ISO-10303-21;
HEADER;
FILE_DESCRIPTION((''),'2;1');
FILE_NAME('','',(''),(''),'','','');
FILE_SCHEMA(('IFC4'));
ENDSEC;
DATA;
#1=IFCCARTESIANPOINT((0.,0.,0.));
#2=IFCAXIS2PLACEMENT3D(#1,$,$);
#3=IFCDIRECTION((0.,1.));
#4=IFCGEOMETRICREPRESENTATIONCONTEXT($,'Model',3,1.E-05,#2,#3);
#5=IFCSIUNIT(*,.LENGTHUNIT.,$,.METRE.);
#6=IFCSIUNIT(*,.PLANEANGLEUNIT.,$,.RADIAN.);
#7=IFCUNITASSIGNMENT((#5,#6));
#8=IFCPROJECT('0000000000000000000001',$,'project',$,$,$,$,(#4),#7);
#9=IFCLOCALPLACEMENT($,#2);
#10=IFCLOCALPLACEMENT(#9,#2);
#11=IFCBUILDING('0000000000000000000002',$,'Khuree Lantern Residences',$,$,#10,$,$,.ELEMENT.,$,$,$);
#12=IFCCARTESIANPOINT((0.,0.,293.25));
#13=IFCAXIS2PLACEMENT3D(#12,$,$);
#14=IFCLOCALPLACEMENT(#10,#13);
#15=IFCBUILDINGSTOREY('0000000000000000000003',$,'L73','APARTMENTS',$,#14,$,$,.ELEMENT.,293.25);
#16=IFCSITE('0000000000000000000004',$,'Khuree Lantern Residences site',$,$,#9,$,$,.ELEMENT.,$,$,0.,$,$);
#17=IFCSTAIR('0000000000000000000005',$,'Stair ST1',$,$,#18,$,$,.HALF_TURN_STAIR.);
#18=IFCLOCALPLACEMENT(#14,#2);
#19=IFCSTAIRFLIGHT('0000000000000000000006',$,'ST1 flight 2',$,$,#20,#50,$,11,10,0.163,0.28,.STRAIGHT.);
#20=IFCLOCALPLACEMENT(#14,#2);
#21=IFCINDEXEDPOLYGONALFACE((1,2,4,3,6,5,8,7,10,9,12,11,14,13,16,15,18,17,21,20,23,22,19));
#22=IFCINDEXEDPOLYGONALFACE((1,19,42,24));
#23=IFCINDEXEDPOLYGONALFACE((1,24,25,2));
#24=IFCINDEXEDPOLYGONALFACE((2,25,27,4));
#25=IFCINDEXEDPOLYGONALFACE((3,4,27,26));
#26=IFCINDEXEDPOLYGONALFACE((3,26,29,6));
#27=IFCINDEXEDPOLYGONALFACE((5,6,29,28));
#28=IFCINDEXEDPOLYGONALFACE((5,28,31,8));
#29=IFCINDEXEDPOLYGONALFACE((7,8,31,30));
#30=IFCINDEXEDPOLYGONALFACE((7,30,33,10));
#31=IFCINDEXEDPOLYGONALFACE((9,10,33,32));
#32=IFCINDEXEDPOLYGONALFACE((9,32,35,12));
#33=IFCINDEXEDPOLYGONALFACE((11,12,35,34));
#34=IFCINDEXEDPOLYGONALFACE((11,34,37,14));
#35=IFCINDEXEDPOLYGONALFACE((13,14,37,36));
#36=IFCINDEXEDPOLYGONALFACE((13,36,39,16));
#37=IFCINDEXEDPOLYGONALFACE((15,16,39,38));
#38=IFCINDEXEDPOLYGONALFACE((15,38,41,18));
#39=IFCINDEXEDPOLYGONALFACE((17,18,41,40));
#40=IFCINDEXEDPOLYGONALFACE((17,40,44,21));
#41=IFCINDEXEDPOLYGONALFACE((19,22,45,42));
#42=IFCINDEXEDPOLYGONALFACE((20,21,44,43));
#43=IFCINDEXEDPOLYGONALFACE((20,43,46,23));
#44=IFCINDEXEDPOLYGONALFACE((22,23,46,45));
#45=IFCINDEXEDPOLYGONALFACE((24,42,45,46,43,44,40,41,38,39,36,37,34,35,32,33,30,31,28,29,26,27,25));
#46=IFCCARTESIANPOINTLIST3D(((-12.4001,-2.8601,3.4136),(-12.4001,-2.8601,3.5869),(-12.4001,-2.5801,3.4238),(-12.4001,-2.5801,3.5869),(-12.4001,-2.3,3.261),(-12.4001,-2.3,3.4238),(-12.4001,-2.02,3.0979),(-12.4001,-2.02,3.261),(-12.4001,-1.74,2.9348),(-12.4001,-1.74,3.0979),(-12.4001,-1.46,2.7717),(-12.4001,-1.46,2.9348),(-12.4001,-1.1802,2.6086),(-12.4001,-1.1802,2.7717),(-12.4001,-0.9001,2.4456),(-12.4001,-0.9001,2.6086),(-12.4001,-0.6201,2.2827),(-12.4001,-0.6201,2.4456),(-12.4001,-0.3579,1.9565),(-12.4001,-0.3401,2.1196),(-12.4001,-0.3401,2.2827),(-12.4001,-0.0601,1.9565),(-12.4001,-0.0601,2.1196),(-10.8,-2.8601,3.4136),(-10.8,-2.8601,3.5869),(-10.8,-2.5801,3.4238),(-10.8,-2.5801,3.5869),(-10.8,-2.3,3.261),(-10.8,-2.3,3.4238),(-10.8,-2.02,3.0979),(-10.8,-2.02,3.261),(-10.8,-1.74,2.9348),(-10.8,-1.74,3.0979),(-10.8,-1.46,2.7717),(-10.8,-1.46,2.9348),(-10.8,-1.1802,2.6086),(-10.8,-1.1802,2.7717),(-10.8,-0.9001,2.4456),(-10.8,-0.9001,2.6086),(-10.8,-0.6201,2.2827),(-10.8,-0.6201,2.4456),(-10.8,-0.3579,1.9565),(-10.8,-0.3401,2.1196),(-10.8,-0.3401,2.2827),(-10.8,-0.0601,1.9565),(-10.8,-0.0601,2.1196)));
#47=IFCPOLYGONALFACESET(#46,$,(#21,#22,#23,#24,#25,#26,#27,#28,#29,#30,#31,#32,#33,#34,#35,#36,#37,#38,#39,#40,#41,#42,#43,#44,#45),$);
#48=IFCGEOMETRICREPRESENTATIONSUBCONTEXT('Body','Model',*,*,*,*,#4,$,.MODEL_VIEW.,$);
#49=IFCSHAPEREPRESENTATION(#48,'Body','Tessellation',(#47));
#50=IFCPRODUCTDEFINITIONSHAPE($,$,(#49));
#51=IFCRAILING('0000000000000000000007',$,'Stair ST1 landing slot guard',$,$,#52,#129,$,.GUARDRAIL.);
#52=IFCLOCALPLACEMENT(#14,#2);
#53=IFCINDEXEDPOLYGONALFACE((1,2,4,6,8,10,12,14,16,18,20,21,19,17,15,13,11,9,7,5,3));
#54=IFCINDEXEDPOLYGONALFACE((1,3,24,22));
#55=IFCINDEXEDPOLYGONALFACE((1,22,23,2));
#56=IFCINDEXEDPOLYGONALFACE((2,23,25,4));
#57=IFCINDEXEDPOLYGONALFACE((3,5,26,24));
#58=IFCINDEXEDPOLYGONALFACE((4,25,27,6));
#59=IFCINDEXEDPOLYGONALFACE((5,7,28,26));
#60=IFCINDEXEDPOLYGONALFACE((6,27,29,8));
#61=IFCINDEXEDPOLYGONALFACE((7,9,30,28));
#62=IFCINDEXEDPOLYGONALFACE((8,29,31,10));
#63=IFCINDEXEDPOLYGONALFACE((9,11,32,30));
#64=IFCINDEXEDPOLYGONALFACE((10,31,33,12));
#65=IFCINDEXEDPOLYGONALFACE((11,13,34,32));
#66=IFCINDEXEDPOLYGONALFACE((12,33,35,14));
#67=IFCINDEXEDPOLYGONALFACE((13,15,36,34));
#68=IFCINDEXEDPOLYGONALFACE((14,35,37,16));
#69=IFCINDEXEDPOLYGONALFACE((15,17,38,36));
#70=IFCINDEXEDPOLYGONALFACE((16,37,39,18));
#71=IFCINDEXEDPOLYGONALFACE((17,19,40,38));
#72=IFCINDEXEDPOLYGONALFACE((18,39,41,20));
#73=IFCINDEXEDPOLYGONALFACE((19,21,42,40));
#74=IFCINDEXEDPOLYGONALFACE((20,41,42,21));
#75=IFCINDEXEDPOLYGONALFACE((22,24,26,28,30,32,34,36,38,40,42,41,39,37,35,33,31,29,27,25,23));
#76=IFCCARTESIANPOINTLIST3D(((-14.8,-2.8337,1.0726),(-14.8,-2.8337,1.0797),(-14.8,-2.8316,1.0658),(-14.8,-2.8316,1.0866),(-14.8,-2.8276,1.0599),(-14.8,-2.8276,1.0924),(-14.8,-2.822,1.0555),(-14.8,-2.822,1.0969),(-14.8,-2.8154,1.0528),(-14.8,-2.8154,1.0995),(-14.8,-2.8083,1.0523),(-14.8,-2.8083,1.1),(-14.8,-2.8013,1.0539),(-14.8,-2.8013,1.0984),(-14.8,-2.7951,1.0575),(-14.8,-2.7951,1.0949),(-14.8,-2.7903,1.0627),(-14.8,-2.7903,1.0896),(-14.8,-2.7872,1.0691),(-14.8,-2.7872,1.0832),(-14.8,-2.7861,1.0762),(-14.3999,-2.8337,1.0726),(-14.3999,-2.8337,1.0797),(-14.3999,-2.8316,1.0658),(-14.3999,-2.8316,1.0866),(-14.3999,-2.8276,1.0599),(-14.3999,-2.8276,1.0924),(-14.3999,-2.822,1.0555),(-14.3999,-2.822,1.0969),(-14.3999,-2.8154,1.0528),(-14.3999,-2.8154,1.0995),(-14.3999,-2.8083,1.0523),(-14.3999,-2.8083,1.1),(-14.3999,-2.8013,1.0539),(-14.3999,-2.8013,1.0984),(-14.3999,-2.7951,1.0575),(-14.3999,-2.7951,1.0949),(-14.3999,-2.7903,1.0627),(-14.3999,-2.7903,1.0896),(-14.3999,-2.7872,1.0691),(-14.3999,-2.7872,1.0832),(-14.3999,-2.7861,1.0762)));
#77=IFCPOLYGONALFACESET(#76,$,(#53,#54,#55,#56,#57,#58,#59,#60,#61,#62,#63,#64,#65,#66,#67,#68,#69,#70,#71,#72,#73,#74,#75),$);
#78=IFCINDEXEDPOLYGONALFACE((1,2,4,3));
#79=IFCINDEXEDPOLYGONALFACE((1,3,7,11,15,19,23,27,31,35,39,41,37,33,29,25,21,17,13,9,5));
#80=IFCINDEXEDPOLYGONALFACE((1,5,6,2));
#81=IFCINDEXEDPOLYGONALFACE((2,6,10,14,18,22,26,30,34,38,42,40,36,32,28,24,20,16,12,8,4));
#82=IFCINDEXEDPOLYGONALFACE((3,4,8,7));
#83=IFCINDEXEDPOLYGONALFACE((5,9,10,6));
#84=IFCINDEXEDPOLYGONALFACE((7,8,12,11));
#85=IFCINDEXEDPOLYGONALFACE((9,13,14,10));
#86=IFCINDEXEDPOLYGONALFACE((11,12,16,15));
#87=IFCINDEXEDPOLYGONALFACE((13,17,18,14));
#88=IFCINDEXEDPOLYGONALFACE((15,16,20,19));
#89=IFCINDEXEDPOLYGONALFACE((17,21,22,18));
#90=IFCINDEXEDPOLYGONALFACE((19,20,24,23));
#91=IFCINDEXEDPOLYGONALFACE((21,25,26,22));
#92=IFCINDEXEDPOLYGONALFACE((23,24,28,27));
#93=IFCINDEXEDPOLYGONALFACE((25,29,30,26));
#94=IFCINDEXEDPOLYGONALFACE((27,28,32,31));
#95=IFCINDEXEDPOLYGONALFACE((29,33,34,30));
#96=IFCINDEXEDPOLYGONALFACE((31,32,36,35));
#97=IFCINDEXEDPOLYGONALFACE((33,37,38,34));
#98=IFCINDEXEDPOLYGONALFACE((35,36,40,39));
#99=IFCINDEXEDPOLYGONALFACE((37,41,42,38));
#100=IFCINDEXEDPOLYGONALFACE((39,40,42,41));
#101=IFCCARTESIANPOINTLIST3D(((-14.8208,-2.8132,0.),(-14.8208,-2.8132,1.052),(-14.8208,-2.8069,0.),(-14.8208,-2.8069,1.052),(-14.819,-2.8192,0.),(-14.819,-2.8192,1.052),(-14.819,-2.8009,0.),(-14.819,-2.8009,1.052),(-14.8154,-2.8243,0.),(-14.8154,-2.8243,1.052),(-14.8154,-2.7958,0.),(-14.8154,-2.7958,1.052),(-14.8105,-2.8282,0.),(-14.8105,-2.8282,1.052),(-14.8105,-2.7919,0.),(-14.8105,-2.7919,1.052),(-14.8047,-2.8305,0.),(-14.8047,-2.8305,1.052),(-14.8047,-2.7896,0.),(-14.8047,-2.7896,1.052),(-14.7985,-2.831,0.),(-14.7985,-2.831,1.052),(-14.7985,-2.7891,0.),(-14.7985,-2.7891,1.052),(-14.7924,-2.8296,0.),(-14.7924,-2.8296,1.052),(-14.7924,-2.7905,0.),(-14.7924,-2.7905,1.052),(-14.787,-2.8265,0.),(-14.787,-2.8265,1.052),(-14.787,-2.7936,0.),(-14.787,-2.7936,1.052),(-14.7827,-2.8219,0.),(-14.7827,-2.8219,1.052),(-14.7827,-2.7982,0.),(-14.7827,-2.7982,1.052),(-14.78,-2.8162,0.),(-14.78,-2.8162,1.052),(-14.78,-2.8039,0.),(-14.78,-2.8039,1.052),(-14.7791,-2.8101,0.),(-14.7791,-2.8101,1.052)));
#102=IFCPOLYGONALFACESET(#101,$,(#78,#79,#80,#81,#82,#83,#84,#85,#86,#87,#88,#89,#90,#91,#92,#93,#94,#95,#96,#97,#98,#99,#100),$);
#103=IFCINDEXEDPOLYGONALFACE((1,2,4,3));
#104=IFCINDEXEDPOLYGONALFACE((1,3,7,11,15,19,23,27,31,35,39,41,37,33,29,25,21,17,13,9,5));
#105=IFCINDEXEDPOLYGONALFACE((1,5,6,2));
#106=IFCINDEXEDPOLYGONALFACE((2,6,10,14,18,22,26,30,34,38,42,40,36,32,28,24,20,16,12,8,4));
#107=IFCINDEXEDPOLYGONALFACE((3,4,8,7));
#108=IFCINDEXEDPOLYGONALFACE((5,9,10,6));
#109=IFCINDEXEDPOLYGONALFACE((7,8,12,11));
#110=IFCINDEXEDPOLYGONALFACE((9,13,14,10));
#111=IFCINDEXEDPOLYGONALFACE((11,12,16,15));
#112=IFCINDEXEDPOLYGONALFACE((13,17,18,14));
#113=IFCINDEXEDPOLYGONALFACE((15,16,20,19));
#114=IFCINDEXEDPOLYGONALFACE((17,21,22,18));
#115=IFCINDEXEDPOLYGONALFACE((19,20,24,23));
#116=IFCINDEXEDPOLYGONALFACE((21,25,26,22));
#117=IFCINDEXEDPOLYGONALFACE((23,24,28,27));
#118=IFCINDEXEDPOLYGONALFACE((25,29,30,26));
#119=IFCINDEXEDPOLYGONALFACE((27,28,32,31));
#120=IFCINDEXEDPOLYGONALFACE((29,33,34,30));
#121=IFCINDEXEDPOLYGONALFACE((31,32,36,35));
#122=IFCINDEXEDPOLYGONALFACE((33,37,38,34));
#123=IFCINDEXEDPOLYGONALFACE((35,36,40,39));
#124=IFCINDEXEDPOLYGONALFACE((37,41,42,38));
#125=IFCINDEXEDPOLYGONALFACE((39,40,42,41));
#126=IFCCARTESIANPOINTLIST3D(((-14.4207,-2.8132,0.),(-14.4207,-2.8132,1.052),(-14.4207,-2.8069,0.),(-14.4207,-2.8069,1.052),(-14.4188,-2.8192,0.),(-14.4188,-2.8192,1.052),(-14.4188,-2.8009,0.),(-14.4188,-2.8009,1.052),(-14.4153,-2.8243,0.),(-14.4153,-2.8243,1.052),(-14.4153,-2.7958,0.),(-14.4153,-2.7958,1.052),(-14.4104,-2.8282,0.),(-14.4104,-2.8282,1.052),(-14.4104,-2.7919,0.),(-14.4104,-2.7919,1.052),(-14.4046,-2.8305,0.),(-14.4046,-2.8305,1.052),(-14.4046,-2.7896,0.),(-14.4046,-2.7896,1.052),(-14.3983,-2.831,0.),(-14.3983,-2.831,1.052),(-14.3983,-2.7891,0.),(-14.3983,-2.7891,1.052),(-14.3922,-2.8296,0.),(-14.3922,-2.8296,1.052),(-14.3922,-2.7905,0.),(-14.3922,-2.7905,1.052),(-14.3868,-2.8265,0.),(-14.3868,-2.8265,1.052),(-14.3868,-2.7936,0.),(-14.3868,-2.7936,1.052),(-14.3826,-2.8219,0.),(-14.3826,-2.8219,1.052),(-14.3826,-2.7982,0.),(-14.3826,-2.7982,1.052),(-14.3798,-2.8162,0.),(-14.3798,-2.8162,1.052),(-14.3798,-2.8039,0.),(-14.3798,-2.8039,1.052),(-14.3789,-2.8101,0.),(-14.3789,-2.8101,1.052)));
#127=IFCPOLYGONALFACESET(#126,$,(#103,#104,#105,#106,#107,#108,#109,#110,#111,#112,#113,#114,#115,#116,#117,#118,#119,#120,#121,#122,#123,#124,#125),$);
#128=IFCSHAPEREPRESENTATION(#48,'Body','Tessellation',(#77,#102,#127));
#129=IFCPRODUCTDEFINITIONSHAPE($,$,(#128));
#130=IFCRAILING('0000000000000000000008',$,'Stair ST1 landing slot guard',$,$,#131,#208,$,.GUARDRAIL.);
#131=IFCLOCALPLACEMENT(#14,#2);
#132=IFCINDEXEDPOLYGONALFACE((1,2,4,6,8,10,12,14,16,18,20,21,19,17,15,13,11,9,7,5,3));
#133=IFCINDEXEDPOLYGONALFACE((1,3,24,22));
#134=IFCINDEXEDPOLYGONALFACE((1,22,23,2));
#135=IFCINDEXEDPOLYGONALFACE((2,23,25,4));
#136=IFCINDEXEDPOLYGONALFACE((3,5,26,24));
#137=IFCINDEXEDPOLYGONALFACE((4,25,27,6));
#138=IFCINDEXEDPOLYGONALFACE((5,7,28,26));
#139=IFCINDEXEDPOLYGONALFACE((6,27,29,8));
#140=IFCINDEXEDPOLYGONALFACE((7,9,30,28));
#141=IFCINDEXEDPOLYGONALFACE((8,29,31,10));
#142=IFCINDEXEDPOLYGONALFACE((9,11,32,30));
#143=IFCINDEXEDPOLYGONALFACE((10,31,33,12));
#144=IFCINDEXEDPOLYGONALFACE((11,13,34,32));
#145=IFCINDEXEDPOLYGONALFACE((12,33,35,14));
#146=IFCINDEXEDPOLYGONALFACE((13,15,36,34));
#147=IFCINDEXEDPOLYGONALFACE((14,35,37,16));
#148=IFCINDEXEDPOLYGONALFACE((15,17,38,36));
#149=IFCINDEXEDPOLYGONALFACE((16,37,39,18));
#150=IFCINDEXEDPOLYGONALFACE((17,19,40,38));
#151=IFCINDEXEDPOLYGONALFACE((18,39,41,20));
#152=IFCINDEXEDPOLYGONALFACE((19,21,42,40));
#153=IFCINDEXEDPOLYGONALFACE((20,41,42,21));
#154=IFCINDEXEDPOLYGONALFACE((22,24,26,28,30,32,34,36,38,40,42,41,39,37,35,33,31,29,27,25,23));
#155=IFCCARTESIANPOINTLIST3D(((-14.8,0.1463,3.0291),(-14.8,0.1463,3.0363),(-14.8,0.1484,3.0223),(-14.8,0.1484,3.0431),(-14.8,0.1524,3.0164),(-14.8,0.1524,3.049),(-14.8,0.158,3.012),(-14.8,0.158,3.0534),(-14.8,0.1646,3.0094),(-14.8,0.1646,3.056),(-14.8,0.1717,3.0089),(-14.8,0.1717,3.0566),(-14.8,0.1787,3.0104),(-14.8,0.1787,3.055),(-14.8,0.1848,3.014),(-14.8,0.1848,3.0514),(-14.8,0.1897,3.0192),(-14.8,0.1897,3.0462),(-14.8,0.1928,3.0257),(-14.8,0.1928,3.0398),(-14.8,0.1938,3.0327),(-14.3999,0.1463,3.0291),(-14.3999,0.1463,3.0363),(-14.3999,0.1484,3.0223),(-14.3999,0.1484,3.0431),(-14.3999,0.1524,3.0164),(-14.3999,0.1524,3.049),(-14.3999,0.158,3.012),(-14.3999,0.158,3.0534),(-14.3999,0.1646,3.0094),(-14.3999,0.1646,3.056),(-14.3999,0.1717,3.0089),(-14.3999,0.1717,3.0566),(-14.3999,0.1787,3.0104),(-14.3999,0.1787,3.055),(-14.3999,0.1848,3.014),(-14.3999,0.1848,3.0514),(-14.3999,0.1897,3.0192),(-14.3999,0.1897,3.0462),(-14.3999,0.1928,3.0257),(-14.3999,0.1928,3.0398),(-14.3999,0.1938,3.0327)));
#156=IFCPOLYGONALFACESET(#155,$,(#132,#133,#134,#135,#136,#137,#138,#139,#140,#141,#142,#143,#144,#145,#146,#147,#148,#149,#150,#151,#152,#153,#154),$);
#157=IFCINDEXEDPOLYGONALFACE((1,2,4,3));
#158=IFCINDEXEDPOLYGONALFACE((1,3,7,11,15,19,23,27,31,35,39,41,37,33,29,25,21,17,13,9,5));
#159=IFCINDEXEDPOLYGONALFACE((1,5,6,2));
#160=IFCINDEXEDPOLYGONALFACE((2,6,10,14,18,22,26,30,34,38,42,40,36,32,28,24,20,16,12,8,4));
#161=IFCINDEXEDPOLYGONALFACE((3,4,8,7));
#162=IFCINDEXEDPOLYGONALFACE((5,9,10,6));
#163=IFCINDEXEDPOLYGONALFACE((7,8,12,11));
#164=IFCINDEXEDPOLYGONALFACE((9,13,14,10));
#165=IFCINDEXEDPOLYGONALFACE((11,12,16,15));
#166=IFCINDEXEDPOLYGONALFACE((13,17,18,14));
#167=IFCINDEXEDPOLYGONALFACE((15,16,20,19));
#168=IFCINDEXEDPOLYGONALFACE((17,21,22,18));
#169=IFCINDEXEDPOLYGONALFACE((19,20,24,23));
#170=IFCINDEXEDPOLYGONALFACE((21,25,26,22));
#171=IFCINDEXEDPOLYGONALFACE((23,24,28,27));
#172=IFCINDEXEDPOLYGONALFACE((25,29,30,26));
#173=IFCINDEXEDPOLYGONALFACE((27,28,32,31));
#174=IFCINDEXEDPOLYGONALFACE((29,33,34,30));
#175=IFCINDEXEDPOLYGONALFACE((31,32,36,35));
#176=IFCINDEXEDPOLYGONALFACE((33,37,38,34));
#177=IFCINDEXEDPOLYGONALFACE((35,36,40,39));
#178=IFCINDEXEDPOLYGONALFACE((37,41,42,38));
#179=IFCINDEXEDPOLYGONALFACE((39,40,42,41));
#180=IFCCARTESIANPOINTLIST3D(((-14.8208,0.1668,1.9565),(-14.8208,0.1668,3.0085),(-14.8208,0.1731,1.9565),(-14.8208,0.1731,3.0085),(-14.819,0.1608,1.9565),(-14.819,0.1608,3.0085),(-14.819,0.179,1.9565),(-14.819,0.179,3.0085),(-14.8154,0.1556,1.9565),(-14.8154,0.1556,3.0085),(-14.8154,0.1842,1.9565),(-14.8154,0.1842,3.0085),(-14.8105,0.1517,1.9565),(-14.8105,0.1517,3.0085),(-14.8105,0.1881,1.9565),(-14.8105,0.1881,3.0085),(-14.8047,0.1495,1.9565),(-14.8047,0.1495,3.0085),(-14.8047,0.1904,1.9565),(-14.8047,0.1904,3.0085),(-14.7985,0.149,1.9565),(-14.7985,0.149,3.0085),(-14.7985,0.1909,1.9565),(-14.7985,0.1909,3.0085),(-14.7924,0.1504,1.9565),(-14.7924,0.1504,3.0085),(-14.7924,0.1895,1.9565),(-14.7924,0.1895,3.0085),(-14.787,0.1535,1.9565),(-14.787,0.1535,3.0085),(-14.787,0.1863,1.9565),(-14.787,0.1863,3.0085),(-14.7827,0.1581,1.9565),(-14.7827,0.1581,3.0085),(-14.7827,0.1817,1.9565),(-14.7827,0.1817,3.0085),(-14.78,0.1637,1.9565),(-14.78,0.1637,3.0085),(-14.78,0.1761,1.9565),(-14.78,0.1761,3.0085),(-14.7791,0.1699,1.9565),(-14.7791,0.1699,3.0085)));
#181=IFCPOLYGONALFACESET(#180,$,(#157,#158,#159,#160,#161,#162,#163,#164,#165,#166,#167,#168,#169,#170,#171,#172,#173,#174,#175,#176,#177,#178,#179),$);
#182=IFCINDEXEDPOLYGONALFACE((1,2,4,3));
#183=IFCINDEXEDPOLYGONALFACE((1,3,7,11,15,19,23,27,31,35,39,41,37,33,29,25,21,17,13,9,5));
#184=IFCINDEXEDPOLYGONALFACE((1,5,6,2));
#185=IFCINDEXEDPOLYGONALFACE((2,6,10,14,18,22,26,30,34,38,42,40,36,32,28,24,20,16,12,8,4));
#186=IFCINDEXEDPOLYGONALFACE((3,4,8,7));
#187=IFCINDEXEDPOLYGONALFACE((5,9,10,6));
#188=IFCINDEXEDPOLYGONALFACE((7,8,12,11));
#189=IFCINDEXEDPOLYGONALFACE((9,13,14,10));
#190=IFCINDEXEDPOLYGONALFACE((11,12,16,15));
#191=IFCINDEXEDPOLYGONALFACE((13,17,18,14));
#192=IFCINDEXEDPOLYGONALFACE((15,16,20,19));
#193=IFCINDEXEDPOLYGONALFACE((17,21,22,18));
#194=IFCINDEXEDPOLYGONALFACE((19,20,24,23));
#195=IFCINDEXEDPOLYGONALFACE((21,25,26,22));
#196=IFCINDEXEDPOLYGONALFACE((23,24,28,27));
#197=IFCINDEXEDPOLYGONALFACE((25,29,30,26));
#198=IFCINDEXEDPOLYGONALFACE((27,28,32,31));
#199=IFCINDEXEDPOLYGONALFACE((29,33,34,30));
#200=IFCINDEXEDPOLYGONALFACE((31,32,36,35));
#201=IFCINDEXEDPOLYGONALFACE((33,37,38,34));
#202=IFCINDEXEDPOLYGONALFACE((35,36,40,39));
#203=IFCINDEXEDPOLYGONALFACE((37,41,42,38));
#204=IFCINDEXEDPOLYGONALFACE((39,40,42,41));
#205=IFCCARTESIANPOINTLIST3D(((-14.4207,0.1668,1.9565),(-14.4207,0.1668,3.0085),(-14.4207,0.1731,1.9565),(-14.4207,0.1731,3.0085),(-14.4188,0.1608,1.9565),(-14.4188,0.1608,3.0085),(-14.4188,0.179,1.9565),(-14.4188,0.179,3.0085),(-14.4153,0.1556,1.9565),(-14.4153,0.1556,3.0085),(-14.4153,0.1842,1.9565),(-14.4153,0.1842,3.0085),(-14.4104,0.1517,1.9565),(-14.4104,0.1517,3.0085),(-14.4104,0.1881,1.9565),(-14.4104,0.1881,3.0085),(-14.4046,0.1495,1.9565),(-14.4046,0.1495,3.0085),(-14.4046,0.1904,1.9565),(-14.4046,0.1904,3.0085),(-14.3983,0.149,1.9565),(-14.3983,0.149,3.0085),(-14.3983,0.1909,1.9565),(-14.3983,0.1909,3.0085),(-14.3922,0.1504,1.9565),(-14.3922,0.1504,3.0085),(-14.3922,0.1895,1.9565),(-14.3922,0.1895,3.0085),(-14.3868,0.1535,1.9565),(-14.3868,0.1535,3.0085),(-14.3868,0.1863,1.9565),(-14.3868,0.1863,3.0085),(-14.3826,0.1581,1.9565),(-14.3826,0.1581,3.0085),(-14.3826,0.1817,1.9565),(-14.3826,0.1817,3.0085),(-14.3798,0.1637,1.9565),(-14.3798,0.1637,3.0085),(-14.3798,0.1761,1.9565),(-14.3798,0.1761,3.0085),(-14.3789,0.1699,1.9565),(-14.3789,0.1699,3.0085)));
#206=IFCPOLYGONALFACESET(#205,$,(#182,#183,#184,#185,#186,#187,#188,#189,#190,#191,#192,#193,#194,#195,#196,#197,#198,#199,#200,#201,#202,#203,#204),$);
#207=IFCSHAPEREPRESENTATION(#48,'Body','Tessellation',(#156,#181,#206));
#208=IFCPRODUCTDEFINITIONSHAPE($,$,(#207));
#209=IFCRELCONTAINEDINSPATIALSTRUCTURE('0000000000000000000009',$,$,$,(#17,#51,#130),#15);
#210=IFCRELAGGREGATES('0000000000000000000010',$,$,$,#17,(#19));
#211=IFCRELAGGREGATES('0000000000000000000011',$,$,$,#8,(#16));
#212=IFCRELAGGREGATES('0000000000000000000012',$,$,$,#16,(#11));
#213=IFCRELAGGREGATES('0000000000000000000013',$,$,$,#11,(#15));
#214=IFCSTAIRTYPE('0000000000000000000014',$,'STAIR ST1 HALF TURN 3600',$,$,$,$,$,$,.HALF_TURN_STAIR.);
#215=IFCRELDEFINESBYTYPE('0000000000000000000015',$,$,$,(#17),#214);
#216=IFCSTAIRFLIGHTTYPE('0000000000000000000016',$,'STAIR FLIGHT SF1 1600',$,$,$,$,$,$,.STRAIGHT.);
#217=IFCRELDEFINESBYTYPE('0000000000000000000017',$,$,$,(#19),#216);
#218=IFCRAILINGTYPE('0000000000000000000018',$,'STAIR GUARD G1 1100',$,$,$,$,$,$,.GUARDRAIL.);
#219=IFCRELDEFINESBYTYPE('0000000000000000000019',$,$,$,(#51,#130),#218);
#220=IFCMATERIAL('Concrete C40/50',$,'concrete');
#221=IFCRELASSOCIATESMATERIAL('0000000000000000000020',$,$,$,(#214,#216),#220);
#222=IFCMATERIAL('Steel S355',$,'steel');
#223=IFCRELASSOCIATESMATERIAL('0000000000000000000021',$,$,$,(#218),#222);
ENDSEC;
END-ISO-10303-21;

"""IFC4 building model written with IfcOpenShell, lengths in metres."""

from ifc_helpers import new_model, si_unit, direction, frame, origin, origin_2d, place, context, subcontext, project, spatial, polyline, circle, outline, extrude, material, type_object, element, aggregate, save


model = new_model("IFC4")

# Units and contexts
model_context = context("Model", 3, precision=1e-05, world=origin(), true_north=direction((0.0, 1.0)))
body_context = subcontext(model_context, "Body", "Model", "MODEL_VIEW")
ifc_project = project(units=[si_unit("LENGTHUNIT", "METRE"), si_unit("PLANEANGLEUNIT", "RADIAN")], contexts=[model_context])

# Site, building, storey
site_placement = place(None, origin())
site = spatial("IfcSite", under=ifc_project, at=site_placement, Name="Khuree Lantern Residences site", CompositionType="ELEMENT", RefElevation=0.0)
building_placement = place(site_placement, origin())
building = spatial("IfcBuilding", under=site, at=building_placement, Name="Khuree Lantern Residences", CompositionType="ELEMENT")
storey_placement = place(building_placement, frame((0.0, 0.0, 293.25)))
storey = spatial("IfcBuildingStorey", under=building, at=storey_placement, Name="L73", Description="APARTMENTS", CompositionType="ELEMENT", Elevation=293.25)

# Stair, stair flight
ifc_material_1 = material(Name="Concrete C40/50", Category="concrete")
stair_type = type_object("IfcStairType", Name="STAIR ST1 HALF TURN 3600", PredefinedType="HALF_TURN_STAIR", material=ifc_material_1)
stair_placement = place(storey_placement, origin())
stair = element("IfcStair", 1, at=stair_placement, inside=storey, type_object=stair_type, Name="Stair ST1", PredefinedType="HALF_TURN_STAIR")
stair_flight_type = type_object("IfcStairFlightType", Name="STAIR FLIGHT SF1 1600", PredefinedType="STRAIGHT", material=ifc_material_1)
stair_flight_1_placement = place(storey_placement, frame((-11.6001, -0.0601, 1.9565), z_axis=(0.0, 0.0, 1.0), x_axis=(0.0, -1.0, 0.0)))
stair_flight_1 = element("IfcStairFlight", 2, at=stair_flight_1_placement, type_object=stair_flight_type, Name="ST1 flight 2", NumberOfRisers=11, NumberOfTreads=10, PredefinedType="STRAIGHT", RiserHeight=0.163, TreadLength=0.28, context=body_context, shape_type="SweptSolid", body=[
    extrude(outline(polyline([(0.0, 0.0), (0.0, 0.1631), (0.28, 0.1631), (0.28, 0.3262), (0.5601, 0.3262), (0.5601, 0.489), (0.8401, 0.489), (0.8401, 0.6521), (1.1201, 0.6521), (1.1201, 0.8152), (1.3999, 0.8152), (1.3999, 0.9783), (1.6799, 0.9783), (1.6799, 1.1414), (1.96, 1.1414), (1.96, 1.3044), (2.24, 1.3044), (2.24, 1.4673), (2.52, 1.4673), (2.52, 1.6304), (2.8, 1.6304), (2.8, 1.7935), (2.8, 1.457), (0.2979, 0.0), (0.0, 0.0)])), frame((0.0, 0.8, 0.0), z_axis=(0.0, -1.0, 0.0), x_axis=(1.0, 0.0, 0.0)), (0.0, 0.0, 1.0), 1.6001),
])
aggregate(stair, [stair_flight_1])

# Railings
ifc_material_2 = material(Name="Steel S355", Category="steel")
railing_type = type_object("IfcRailingType", Name="STAIR GUARD G1 1100", PredefinedType="GUARDRAIL", material=ifc_material_2)
for number, where, name in (
    (3, (-14.8, -2.8101, 0.0), "Stair ST1 landing slot guard"),
    (4, (-14.8, 0.1699, 1.9565), "Stair ST1 landing slot guard"),
):
    element("IfcRailing", number, at=place(storey_placement, frame(where)), inside=storey, type_object=railing_type, Name=name, PredefinedType="GUARDRAIL", context=body_context, shape_type="SweptSolid", body=[
        extrude(circle(Radius=0.0239, at=origin_2d()), frame((0.0, 0.0, 1.0762), z_axis=(1.0, 0.0, 0.0), x_axis=(0.0, 1.0, 0.0)), (0.0, 0.0, 1.0), 0.4001),
        extrude(circle(Radius=0.021, at=origin_2d()), origin(), (0.0, 0.0, 1.0), 1.052),
        extrude(circle(Radius=0.021, at=origin_2d()), frame((0.4001, 0.0, 0.0)), (0.0, 0.0, 1.0), 1.052),
    ])

save(model, "model.ifc")
